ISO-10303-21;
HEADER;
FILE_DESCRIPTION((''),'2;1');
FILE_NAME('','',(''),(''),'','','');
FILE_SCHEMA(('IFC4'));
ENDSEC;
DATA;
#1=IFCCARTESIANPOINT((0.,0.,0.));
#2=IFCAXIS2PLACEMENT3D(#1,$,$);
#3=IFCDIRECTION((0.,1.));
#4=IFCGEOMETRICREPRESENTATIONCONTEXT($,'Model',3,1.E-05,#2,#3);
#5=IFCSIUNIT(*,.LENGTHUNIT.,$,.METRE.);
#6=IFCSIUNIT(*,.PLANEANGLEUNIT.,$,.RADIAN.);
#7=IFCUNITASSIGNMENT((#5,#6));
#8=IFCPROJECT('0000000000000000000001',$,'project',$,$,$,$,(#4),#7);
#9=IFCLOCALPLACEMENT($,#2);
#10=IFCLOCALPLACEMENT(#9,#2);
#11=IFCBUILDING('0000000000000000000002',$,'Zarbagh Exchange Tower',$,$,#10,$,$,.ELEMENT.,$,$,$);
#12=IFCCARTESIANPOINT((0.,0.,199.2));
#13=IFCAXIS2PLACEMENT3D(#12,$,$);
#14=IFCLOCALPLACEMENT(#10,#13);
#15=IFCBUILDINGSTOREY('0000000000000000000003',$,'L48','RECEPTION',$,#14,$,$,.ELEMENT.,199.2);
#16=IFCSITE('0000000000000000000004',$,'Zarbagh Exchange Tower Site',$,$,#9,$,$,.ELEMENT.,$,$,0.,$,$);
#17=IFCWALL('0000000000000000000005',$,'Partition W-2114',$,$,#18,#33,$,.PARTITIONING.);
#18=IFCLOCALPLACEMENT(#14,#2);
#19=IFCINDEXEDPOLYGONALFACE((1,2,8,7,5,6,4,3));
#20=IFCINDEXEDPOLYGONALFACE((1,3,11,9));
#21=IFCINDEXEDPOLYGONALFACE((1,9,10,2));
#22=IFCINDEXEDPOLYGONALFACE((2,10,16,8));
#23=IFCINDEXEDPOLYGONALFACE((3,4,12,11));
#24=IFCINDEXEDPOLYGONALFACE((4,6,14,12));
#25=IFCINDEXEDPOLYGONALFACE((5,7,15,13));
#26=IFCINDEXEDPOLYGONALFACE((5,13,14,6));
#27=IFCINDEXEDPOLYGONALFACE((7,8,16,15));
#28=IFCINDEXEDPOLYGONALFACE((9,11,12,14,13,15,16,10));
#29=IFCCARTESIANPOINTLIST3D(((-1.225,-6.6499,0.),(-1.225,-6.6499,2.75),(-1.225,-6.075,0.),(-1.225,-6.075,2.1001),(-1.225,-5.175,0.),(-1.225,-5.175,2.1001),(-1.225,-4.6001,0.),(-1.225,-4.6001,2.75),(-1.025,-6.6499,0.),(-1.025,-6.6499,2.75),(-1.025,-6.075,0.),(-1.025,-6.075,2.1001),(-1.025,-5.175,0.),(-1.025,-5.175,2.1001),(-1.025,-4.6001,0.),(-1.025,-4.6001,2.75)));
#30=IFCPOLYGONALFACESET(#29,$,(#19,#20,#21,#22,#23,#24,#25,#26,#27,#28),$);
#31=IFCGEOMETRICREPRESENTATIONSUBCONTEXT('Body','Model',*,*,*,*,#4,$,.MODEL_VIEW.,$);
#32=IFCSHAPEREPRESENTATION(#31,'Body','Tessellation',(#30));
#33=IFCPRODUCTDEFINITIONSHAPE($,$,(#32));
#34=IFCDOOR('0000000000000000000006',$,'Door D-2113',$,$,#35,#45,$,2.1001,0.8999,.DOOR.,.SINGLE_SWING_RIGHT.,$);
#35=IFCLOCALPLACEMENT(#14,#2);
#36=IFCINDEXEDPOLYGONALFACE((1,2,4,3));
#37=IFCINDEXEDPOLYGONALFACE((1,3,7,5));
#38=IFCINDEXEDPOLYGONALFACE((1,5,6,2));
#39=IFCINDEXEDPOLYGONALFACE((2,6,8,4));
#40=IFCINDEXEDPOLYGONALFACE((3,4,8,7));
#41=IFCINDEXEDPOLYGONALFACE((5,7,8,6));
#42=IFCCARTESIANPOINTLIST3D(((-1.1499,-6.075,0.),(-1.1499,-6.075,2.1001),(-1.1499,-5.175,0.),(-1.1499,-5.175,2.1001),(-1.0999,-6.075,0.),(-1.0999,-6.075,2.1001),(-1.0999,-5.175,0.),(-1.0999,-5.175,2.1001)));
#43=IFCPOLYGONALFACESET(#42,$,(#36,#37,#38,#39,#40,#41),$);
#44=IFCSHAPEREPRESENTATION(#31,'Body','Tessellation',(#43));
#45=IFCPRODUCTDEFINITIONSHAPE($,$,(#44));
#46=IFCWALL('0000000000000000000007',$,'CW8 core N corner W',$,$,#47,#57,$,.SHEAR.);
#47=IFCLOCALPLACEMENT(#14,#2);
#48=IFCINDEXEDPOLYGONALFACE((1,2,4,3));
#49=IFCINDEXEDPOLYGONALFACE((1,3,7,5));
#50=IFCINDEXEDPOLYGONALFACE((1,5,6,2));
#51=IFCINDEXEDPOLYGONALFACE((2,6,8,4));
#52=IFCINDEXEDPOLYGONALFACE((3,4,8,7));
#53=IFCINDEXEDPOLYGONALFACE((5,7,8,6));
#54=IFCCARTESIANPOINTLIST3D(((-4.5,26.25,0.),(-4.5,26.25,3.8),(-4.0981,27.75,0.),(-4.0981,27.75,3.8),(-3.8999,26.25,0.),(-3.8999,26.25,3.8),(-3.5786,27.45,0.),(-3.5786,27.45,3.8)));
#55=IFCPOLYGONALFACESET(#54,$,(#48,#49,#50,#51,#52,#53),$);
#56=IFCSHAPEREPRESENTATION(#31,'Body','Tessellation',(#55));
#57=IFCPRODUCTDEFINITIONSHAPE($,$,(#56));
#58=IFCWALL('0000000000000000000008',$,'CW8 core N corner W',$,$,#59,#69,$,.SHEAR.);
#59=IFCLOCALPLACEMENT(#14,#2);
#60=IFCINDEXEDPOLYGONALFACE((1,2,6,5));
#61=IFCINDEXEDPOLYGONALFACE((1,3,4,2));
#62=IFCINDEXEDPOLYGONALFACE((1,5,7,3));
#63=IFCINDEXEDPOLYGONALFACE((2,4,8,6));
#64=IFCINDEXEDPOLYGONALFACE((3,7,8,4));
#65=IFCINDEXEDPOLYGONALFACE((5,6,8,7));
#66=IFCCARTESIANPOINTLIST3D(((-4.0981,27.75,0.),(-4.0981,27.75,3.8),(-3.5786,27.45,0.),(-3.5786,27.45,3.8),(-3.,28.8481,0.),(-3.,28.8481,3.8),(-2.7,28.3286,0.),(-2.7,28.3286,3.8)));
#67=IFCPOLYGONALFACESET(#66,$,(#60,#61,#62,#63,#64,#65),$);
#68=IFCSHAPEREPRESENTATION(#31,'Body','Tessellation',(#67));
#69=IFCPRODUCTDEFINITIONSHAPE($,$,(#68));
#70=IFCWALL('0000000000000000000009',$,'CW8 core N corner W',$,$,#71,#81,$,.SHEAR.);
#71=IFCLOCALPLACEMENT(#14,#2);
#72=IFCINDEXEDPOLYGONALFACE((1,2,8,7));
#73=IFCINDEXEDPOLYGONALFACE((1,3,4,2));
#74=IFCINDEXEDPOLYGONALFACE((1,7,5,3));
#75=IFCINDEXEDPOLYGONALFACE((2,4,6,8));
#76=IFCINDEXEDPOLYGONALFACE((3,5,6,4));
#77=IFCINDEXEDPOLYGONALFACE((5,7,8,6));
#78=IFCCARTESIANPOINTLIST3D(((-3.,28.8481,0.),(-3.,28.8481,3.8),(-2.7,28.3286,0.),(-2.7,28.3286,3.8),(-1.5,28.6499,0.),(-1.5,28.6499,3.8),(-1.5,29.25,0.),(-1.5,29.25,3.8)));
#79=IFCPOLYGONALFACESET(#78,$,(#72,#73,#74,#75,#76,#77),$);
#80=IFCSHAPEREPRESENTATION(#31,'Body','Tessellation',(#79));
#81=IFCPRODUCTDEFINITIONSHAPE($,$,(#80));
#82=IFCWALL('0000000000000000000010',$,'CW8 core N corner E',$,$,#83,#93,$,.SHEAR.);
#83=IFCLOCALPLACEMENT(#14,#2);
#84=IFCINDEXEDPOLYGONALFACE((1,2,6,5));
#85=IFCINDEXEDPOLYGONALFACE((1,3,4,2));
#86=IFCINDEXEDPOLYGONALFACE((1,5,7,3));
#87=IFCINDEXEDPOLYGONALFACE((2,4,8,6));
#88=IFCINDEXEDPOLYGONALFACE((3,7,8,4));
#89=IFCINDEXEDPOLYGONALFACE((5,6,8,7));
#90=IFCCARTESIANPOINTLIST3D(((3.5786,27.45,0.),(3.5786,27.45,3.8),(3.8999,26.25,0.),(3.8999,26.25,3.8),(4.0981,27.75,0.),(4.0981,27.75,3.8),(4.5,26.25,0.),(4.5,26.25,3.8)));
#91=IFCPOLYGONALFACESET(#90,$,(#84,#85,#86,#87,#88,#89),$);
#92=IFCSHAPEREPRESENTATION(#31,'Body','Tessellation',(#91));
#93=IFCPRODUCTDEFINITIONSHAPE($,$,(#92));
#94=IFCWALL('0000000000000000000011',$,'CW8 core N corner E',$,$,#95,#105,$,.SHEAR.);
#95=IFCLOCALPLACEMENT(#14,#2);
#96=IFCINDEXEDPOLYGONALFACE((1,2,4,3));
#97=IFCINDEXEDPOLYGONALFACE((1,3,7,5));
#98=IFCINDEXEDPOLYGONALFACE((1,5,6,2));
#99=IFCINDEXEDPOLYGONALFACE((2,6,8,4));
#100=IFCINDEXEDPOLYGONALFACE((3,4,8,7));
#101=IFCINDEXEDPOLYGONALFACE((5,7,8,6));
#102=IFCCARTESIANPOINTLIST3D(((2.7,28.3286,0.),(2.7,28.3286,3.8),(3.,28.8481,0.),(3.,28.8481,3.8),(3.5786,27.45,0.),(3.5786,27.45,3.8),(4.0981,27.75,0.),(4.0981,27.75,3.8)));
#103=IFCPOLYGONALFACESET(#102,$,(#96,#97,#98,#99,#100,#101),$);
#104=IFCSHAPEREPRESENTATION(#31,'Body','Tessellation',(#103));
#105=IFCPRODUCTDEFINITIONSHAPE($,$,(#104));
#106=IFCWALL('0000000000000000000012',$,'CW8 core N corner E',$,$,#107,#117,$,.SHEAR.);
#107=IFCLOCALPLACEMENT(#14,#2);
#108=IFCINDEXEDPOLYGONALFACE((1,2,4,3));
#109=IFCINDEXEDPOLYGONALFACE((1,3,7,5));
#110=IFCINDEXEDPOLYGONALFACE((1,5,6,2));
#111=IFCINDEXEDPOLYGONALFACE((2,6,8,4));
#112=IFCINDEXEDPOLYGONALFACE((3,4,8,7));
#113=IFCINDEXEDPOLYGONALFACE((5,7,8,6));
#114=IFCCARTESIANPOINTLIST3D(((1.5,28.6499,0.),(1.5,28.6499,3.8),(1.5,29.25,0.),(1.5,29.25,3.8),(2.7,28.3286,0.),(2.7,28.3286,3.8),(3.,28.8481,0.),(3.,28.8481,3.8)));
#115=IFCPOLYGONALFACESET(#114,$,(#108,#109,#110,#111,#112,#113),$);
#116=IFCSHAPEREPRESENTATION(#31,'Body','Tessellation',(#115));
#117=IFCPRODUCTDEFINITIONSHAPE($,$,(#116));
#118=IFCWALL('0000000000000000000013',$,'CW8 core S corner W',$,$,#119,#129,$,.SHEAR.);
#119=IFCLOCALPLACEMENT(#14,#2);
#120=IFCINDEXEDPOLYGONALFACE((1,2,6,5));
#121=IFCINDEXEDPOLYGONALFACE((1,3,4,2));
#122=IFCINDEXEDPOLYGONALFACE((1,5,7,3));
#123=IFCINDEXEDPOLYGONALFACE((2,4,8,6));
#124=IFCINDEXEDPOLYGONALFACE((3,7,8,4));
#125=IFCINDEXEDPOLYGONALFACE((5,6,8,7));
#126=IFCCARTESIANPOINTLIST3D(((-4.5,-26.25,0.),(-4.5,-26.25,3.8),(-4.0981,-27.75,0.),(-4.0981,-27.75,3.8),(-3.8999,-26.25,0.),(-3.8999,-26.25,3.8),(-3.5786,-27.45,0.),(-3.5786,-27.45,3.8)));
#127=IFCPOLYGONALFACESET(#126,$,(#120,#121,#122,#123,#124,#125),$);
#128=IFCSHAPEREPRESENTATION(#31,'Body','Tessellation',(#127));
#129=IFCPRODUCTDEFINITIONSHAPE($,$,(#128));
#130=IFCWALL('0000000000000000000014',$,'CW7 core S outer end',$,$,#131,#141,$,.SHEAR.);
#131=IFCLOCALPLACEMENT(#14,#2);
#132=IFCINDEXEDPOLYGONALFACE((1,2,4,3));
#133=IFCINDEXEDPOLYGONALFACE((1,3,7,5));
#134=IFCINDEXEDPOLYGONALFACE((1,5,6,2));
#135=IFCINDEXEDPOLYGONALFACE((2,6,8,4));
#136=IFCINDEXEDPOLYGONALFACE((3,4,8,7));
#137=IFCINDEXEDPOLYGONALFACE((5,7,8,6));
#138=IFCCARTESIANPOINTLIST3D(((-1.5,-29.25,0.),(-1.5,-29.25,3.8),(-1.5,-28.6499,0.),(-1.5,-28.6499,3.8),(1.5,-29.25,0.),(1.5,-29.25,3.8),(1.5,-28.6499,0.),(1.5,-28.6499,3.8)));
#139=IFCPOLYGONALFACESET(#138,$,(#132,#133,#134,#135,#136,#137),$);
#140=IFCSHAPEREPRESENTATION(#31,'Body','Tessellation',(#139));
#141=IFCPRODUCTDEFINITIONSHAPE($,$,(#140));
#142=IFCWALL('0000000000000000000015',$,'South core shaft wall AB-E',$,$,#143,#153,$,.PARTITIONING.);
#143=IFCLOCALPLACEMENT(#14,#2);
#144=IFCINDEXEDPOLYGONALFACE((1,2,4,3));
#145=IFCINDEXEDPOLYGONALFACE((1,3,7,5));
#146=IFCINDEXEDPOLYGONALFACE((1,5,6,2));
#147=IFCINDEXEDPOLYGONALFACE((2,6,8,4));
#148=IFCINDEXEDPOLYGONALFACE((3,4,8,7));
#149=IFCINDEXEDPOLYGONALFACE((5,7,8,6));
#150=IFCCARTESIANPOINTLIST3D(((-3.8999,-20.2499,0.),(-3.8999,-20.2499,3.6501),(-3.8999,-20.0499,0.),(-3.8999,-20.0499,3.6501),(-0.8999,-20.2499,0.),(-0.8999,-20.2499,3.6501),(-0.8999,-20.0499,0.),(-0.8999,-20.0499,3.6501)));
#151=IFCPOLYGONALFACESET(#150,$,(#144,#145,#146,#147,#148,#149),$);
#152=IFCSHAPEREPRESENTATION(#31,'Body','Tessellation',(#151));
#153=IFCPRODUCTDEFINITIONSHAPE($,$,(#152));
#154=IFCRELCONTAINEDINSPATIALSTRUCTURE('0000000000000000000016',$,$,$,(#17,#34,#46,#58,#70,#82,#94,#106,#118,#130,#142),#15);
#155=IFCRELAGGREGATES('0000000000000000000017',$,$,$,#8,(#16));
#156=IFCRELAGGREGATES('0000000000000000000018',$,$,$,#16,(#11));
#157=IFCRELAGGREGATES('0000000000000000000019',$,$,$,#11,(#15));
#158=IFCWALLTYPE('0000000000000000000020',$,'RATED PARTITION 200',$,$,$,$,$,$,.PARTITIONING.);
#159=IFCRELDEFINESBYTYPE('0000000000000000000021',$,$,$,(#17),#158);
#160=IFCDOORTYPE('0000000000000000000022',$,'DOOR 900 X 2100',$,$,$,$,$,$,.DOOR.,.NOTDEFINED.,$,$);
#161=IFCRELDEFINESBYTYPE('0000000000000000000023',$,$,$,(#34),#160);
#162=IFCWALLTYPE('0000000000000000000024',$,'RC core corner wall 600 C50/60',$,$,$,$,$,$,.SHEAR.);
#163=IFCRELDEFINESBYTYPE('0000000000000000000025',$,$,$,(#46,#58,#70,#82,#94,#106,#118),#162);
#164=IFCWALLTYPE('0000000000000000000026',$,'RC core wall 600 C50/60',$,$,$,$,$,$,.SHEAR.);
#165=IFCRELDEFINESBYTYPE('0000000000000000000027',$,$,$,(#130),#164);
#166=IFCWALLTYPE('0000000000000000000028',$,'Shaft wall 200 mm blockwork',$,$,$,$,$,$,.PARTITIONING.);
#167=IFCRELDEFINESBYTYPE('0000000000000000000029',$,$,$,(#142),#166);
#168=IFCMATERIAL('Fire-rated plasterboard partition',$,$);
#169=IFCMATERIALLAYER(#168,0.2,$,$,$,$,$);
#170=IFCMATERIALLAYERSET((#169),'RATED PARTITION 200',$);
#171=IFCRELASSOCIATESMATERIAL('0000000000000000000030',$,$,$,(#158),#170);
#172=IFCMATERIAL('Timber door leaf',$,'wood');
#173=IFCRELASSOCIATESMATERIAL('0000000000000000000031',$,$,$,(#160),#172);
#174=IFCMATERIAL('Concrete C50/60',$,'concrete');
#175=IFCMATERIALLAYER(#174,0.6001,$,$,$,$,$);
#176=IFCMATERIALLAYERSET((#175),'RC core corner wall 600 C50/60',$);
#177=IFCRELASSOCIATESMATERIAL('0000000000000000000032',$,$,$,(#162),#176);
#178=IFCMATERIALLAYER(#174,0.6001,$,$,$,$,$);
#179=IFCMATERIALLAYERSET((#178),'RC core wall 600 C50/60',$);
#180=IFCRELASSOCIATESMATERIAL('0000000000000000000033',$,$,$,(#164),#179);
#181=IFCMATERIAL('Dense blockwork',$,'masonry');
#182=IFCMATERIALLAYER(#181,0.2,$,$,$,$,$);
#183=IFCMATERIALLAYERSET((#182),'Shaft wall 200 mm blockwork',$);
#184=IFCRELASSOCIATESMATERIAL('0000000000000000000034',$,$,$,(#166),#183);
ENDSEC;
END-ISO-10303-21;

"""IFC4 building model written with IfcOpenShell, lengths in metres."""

from ifc_helpers import new_model, si_unit, direction, frame, frame_2d, origin, place, context, subcontext, project, spatial, polyline, rectangle, outline, extrude, material, layer, layer_set, type_object, element, fill, save


model = new_model("IFC4")

# Units and contexts
model_context = context("Model", 3, precision=1e-05, world=origin(), true_north=direction((0.0, 1.0)))
body_context = subcontext(model_context, "Body", "Model", "MODEL_VIEW")
ifc_project = project(units=[si_unit("LENGTHUNIT", "METRE"), si_unit("PLANEANGLEUNIT", "RADIAN")], contexts=[model_context])

# Site, building, storey
site_placement = place(None, origin())
site = spatial("IfcSite", under=ifc_project, at=site_placement, Name="Zarbagh Exchange Tower Site", CompositionType="ELEMENT", RefElevation=0.0)
building_placement = place(site_placement, origin())
building = spatial("IfcBuilding", under=site, at=building_placement, Name="Zarbagh Exchange Tower", CompositionType="ELEMENT")
storey_placement = place(building_placement, frame((0.0, 0.0, 199.2)))
storey = spatial("IfcBuildingStorey", under=building, at=storey_placement, Name="L48", Description="RECEPTION", CompositionType="ELEMENT", Elevation=199.2)

# Shared definitions
ifc_material_1 = material(Name="Dense blockwork", Category="masonry")

# Shared definitions
ifc_material_2 = material(Name="Fire-rated plasterboard partition")
ifc_layer_1 = layer(ifc_material_2, 0.2)
ifc_layer_set_1 = layer_set([ifc_layer_1], Name="RATED PARTITION 200")
wall_type_1 = type_object("IfcWallType", Name="RATED PARTITION 200", PredefinedType="PARTITIONING", material=ifc_layer_set_1)
ifc_material_3 = material(Name="Timber door leaf", Category="wood")
door_type_1 = type_object("IfcDoorType", Name="DOOR 900 X 2100", OperationType="NOTDEFINED", PredefinedType="DOOR", material=ifc_material_3)

# Wall, opening, door
wall_1_placement = place(storey_placement, frame((-1.125, -6.6499, 0.0), z_axis=(0.0, 0.0, 1.0), x_axis=(0.0, 1.0, 0.0)))
wall_1 = element("IfcWall", 1, at=wall_1_placement, inside=storey, type_object=wall_type_1, Name="Partition W-2114", PredefinedType="PARTITIONING", context=body_context, shape_type="SweptSolid", body=[
    extrude(rectangle(XDim=2.0498, YDim=0.2, at=frame_2d((1.0249, 0.0))), origin(), (0.0, 0.0, 1.0), 2.75),
])
opening_1_placement = place(wall_1_placement, frame((0.575, 0.0, 0.0)))
opening_1 = element("IfcOpeningElement", 2, at=opening_1_placement, cuts=wall_1, PredefinedType="OPENING", context=body_context, shape_type="SweptSolid", body=[
    extrude(rectangle(XDim=0.8999, YDim=2.1001, at=frame_2d((0.45, 1.05))), frame((0.0, 0.1099, 0.0), z_axis=(0.0, -1.0, 0.0), x_axis=(1.0, 0.0, 0.0)), (0.0, 0.0, 1.0), 0.22),
])
door_1_placement = place(opening_1_placement, origin())
door_1 = element("IfcDoor", 3, at=door_1_placement, inside=storey, type_object=door_type_1, Name="Door D-2113", OperationType="SINGLE_SWING_RIGHT", OverallHeight=2.1001, OverallWidth=0.8999, PredefinedType="DOOR", context=body_context, shape_type="SweptSolid", body=[
    extrude(rectangle(XDim=0.8999, YDim=2.1001, at=frame_2d((0.45, 1.05))), frame((0.0, 0.0249, 0.0), z_axis=(0.0, -1.0, 0.0), x_axis=(1.0, 0.0, 0.0)), (0.0, 0.0, 1.0), 0.05),
])
fill(opening_1, door_1)

# Walls
ifc_material_4 = material(Name="Concrete C50/60", Category="concrete")
ifc_layer_2 = layer(ifc_material_4, 0.6001)
ifc_layer_set_2 = layer_set([ifc_layer_2], Name="RC core corner wall 600 C50/60")
wall_type_2 = type_object("IfcWallType", Name="RC core corner wall 600 C50/60", PredefinedType="SHEAR", material=ifc_layer_set_2)
wall_2_placement = place(storey_placement, origin())
element("IfcWall", 4, at=wall_2_placement, inside=storey, type_object=wall_type_2, Name="CW8 core N corner W", PredefinedType="SHEAR", context=body_context, shape_type="SweptSolid", body=[
    extrude(outline(polyline([(-4.5, 26.25), (-4.0981, 27.75), (-3.5786, 27.45), (-3.8999, 26.25), (-4.5, 26.25)])), origin(), (0.0, 0.0, 1.0), 3.8),
])
wall_3_placement = place(storey_placement, origin())
element("IfcWall", 5, at=wall_3_placement, inside=storey, type_object=wall_type_2, Name="CW8 core N corner W", PredefinedType="SHEAR", context=body_context, shape_type="SweptSolid", body=[
    extrude(outline(polyline([(-4.0981, 27.75), (-3.0, 28.8481), (-2.7, 28.3286), (-3.5786, 27.45), (-4.0981, 27.75)])), origin(), (0.0, 0.0, 1.0), 3.8),
])
wall_4_placement = place(storey_placement, origin())
element("IfcWall", 6, at=wall_4_placement, inside=storey, type_object=wall_type_2, Name="CW8 core N corner W", PredefinedType="SHEAR", context=body_context, shape_type="SweptSolid", body=[
    extrude(outline(polyline([(-3.0, 28.8481), (-1.5, 29.25), (-1.5, 28.6499), (-2.7, 28.3286), (-3.0, 28.8481)])), origin(), (0.0, 0.0, 1.0), 3.8),
])
wall_5_placement = place(storey_placement, origin())
element("IfcWall", 7, at=wall_5_placement, inside=storey, type_object=wall_type_2, Name="CW8 core N corner E", PredefinedType="SHEAR", context=body_context, shape_type="SweptSolid", body=[
    extrude(outline(polyline([(4.5, 26.25), (4.0981, 27.75), (3.5786, 27.45), (3.8999, 26.25), (4.5, 26.25)])), origin(), (0.0, 0.0, 1.0), 3.8),
])
wall_6_placement = place(storey_placement, origin())
element("IfcWall", 8, at=wall_6_placement, inside=storey, type_object=wall_type_2, Name="CW8 core N corner E", PredefinedType="SHEAR", context=body_context, shape_type="SweptSolid", body=[
    extrude(outline(polyline([(4.0981, 27.75), (3.0, 28.8481), (2.7, 28.3286), (3.5786, 27.45), (4.0981, 27.75)])), origin(), (0.0, 0.0, 1.0), 3.8),
])
wall_7_placement = place(storey_placement, origin())
element("IfcWall", 9, at=wall_7_placement, inside=storey, type_object=wall_type_2, Name="CW8 core N corner E", PredefinedType="SHEAR", context=body_context, shape_type="SweptSolid", body=[
    extrude(outline(polyline([(3.0, 28.8481), (1.5, 29.25), (1.5, 28.6499), (2.7, 28.3286), (3.0, 28.8481)])), origin(), (0.0, 0.0, 1.0), 3.8),
])
wall_8_placement = place(storey_placement, origin())
element("IfcWall", 10, at=wall_8_placement, inside=storey, type_object=wall_type_2, Name="CW8 core S corner W", PredefinedType="SHEAR", context=body_context, shape_type="SweptSolid", body=[
    extrude(outline(polyline([(-4.5, -26.25), (-4.0981, -27.75), (-3.5786, -27.45), (-3.8999, -26.25), (-4.5, -26.25)])), origin(), (0.0, 0.0, 1.0), 3.8),
])
ifc_layer_3 = layer(ifc_material_4, 0.6001)
ifc_layer_set_3 = layer_set([ifc_layer_3], Name="RC core wall 600 C50/60")
wall_type_3 = type_object("IfcWallType", Name="RC core wall 600 C50/60", PredefinedType="SHEAR", material=ifc_layer_set_3)
wall_9_placement = place(storey_placement, frame((-1.5, -28.95, 0.0), z_axis=(0.0, 0.0, 1.0), x_axis=(1.0, 0.0, 0.0)))
element("IfcWall", 11, at=wall_9_placement, inside=storey, type_object=wall_type_3, Name="CW7 core S outer end", PredefinedType="SHEAR", context=body_context, shape_type="SweptSolid", body=[
    extrude(rectangle(XDim=3.0, YDim=0.6001, at=frame_2d((1.5, 0.0))), origin(), (0.0, 0.0, 1.0), 3.8),
])
ifc_layer_4 = layer(ifc_material_1, 0.2)
ifc_layer_set_4 = layer_set([ifc_layer_4], Name="Shaft wall 200 mm blockwork")
wall_type_4 = type_object("IfcWallType", Name="Shaft wall 200 mm blockwork", PredefinedType="PARTITIONING", material=ifc_layer_set_4)
wall_10_placement = place(storey_placement, frame((-0.8999, -20.1499, 0.0), z_axis=(0.0, 0.0, 1.0), x_axis=(-1.0, 0.0, 0.0)))
element("IfcWall", 12, at=wall_10_placement, inside=storey, type_object=wall_type_4, Name="South core shaft wall AB-E", PredefinedType="PARTITIONING", context=body_context, shape_type="SweptSolid", body=[
    extrude(rectangle(XDim=3.0, YDim=0.2, at=frame_2d((1.5, 0.0))), origin(), (0.0, 0.0, 1.0), 3.6501),
])

save(model, "model.ifc")
